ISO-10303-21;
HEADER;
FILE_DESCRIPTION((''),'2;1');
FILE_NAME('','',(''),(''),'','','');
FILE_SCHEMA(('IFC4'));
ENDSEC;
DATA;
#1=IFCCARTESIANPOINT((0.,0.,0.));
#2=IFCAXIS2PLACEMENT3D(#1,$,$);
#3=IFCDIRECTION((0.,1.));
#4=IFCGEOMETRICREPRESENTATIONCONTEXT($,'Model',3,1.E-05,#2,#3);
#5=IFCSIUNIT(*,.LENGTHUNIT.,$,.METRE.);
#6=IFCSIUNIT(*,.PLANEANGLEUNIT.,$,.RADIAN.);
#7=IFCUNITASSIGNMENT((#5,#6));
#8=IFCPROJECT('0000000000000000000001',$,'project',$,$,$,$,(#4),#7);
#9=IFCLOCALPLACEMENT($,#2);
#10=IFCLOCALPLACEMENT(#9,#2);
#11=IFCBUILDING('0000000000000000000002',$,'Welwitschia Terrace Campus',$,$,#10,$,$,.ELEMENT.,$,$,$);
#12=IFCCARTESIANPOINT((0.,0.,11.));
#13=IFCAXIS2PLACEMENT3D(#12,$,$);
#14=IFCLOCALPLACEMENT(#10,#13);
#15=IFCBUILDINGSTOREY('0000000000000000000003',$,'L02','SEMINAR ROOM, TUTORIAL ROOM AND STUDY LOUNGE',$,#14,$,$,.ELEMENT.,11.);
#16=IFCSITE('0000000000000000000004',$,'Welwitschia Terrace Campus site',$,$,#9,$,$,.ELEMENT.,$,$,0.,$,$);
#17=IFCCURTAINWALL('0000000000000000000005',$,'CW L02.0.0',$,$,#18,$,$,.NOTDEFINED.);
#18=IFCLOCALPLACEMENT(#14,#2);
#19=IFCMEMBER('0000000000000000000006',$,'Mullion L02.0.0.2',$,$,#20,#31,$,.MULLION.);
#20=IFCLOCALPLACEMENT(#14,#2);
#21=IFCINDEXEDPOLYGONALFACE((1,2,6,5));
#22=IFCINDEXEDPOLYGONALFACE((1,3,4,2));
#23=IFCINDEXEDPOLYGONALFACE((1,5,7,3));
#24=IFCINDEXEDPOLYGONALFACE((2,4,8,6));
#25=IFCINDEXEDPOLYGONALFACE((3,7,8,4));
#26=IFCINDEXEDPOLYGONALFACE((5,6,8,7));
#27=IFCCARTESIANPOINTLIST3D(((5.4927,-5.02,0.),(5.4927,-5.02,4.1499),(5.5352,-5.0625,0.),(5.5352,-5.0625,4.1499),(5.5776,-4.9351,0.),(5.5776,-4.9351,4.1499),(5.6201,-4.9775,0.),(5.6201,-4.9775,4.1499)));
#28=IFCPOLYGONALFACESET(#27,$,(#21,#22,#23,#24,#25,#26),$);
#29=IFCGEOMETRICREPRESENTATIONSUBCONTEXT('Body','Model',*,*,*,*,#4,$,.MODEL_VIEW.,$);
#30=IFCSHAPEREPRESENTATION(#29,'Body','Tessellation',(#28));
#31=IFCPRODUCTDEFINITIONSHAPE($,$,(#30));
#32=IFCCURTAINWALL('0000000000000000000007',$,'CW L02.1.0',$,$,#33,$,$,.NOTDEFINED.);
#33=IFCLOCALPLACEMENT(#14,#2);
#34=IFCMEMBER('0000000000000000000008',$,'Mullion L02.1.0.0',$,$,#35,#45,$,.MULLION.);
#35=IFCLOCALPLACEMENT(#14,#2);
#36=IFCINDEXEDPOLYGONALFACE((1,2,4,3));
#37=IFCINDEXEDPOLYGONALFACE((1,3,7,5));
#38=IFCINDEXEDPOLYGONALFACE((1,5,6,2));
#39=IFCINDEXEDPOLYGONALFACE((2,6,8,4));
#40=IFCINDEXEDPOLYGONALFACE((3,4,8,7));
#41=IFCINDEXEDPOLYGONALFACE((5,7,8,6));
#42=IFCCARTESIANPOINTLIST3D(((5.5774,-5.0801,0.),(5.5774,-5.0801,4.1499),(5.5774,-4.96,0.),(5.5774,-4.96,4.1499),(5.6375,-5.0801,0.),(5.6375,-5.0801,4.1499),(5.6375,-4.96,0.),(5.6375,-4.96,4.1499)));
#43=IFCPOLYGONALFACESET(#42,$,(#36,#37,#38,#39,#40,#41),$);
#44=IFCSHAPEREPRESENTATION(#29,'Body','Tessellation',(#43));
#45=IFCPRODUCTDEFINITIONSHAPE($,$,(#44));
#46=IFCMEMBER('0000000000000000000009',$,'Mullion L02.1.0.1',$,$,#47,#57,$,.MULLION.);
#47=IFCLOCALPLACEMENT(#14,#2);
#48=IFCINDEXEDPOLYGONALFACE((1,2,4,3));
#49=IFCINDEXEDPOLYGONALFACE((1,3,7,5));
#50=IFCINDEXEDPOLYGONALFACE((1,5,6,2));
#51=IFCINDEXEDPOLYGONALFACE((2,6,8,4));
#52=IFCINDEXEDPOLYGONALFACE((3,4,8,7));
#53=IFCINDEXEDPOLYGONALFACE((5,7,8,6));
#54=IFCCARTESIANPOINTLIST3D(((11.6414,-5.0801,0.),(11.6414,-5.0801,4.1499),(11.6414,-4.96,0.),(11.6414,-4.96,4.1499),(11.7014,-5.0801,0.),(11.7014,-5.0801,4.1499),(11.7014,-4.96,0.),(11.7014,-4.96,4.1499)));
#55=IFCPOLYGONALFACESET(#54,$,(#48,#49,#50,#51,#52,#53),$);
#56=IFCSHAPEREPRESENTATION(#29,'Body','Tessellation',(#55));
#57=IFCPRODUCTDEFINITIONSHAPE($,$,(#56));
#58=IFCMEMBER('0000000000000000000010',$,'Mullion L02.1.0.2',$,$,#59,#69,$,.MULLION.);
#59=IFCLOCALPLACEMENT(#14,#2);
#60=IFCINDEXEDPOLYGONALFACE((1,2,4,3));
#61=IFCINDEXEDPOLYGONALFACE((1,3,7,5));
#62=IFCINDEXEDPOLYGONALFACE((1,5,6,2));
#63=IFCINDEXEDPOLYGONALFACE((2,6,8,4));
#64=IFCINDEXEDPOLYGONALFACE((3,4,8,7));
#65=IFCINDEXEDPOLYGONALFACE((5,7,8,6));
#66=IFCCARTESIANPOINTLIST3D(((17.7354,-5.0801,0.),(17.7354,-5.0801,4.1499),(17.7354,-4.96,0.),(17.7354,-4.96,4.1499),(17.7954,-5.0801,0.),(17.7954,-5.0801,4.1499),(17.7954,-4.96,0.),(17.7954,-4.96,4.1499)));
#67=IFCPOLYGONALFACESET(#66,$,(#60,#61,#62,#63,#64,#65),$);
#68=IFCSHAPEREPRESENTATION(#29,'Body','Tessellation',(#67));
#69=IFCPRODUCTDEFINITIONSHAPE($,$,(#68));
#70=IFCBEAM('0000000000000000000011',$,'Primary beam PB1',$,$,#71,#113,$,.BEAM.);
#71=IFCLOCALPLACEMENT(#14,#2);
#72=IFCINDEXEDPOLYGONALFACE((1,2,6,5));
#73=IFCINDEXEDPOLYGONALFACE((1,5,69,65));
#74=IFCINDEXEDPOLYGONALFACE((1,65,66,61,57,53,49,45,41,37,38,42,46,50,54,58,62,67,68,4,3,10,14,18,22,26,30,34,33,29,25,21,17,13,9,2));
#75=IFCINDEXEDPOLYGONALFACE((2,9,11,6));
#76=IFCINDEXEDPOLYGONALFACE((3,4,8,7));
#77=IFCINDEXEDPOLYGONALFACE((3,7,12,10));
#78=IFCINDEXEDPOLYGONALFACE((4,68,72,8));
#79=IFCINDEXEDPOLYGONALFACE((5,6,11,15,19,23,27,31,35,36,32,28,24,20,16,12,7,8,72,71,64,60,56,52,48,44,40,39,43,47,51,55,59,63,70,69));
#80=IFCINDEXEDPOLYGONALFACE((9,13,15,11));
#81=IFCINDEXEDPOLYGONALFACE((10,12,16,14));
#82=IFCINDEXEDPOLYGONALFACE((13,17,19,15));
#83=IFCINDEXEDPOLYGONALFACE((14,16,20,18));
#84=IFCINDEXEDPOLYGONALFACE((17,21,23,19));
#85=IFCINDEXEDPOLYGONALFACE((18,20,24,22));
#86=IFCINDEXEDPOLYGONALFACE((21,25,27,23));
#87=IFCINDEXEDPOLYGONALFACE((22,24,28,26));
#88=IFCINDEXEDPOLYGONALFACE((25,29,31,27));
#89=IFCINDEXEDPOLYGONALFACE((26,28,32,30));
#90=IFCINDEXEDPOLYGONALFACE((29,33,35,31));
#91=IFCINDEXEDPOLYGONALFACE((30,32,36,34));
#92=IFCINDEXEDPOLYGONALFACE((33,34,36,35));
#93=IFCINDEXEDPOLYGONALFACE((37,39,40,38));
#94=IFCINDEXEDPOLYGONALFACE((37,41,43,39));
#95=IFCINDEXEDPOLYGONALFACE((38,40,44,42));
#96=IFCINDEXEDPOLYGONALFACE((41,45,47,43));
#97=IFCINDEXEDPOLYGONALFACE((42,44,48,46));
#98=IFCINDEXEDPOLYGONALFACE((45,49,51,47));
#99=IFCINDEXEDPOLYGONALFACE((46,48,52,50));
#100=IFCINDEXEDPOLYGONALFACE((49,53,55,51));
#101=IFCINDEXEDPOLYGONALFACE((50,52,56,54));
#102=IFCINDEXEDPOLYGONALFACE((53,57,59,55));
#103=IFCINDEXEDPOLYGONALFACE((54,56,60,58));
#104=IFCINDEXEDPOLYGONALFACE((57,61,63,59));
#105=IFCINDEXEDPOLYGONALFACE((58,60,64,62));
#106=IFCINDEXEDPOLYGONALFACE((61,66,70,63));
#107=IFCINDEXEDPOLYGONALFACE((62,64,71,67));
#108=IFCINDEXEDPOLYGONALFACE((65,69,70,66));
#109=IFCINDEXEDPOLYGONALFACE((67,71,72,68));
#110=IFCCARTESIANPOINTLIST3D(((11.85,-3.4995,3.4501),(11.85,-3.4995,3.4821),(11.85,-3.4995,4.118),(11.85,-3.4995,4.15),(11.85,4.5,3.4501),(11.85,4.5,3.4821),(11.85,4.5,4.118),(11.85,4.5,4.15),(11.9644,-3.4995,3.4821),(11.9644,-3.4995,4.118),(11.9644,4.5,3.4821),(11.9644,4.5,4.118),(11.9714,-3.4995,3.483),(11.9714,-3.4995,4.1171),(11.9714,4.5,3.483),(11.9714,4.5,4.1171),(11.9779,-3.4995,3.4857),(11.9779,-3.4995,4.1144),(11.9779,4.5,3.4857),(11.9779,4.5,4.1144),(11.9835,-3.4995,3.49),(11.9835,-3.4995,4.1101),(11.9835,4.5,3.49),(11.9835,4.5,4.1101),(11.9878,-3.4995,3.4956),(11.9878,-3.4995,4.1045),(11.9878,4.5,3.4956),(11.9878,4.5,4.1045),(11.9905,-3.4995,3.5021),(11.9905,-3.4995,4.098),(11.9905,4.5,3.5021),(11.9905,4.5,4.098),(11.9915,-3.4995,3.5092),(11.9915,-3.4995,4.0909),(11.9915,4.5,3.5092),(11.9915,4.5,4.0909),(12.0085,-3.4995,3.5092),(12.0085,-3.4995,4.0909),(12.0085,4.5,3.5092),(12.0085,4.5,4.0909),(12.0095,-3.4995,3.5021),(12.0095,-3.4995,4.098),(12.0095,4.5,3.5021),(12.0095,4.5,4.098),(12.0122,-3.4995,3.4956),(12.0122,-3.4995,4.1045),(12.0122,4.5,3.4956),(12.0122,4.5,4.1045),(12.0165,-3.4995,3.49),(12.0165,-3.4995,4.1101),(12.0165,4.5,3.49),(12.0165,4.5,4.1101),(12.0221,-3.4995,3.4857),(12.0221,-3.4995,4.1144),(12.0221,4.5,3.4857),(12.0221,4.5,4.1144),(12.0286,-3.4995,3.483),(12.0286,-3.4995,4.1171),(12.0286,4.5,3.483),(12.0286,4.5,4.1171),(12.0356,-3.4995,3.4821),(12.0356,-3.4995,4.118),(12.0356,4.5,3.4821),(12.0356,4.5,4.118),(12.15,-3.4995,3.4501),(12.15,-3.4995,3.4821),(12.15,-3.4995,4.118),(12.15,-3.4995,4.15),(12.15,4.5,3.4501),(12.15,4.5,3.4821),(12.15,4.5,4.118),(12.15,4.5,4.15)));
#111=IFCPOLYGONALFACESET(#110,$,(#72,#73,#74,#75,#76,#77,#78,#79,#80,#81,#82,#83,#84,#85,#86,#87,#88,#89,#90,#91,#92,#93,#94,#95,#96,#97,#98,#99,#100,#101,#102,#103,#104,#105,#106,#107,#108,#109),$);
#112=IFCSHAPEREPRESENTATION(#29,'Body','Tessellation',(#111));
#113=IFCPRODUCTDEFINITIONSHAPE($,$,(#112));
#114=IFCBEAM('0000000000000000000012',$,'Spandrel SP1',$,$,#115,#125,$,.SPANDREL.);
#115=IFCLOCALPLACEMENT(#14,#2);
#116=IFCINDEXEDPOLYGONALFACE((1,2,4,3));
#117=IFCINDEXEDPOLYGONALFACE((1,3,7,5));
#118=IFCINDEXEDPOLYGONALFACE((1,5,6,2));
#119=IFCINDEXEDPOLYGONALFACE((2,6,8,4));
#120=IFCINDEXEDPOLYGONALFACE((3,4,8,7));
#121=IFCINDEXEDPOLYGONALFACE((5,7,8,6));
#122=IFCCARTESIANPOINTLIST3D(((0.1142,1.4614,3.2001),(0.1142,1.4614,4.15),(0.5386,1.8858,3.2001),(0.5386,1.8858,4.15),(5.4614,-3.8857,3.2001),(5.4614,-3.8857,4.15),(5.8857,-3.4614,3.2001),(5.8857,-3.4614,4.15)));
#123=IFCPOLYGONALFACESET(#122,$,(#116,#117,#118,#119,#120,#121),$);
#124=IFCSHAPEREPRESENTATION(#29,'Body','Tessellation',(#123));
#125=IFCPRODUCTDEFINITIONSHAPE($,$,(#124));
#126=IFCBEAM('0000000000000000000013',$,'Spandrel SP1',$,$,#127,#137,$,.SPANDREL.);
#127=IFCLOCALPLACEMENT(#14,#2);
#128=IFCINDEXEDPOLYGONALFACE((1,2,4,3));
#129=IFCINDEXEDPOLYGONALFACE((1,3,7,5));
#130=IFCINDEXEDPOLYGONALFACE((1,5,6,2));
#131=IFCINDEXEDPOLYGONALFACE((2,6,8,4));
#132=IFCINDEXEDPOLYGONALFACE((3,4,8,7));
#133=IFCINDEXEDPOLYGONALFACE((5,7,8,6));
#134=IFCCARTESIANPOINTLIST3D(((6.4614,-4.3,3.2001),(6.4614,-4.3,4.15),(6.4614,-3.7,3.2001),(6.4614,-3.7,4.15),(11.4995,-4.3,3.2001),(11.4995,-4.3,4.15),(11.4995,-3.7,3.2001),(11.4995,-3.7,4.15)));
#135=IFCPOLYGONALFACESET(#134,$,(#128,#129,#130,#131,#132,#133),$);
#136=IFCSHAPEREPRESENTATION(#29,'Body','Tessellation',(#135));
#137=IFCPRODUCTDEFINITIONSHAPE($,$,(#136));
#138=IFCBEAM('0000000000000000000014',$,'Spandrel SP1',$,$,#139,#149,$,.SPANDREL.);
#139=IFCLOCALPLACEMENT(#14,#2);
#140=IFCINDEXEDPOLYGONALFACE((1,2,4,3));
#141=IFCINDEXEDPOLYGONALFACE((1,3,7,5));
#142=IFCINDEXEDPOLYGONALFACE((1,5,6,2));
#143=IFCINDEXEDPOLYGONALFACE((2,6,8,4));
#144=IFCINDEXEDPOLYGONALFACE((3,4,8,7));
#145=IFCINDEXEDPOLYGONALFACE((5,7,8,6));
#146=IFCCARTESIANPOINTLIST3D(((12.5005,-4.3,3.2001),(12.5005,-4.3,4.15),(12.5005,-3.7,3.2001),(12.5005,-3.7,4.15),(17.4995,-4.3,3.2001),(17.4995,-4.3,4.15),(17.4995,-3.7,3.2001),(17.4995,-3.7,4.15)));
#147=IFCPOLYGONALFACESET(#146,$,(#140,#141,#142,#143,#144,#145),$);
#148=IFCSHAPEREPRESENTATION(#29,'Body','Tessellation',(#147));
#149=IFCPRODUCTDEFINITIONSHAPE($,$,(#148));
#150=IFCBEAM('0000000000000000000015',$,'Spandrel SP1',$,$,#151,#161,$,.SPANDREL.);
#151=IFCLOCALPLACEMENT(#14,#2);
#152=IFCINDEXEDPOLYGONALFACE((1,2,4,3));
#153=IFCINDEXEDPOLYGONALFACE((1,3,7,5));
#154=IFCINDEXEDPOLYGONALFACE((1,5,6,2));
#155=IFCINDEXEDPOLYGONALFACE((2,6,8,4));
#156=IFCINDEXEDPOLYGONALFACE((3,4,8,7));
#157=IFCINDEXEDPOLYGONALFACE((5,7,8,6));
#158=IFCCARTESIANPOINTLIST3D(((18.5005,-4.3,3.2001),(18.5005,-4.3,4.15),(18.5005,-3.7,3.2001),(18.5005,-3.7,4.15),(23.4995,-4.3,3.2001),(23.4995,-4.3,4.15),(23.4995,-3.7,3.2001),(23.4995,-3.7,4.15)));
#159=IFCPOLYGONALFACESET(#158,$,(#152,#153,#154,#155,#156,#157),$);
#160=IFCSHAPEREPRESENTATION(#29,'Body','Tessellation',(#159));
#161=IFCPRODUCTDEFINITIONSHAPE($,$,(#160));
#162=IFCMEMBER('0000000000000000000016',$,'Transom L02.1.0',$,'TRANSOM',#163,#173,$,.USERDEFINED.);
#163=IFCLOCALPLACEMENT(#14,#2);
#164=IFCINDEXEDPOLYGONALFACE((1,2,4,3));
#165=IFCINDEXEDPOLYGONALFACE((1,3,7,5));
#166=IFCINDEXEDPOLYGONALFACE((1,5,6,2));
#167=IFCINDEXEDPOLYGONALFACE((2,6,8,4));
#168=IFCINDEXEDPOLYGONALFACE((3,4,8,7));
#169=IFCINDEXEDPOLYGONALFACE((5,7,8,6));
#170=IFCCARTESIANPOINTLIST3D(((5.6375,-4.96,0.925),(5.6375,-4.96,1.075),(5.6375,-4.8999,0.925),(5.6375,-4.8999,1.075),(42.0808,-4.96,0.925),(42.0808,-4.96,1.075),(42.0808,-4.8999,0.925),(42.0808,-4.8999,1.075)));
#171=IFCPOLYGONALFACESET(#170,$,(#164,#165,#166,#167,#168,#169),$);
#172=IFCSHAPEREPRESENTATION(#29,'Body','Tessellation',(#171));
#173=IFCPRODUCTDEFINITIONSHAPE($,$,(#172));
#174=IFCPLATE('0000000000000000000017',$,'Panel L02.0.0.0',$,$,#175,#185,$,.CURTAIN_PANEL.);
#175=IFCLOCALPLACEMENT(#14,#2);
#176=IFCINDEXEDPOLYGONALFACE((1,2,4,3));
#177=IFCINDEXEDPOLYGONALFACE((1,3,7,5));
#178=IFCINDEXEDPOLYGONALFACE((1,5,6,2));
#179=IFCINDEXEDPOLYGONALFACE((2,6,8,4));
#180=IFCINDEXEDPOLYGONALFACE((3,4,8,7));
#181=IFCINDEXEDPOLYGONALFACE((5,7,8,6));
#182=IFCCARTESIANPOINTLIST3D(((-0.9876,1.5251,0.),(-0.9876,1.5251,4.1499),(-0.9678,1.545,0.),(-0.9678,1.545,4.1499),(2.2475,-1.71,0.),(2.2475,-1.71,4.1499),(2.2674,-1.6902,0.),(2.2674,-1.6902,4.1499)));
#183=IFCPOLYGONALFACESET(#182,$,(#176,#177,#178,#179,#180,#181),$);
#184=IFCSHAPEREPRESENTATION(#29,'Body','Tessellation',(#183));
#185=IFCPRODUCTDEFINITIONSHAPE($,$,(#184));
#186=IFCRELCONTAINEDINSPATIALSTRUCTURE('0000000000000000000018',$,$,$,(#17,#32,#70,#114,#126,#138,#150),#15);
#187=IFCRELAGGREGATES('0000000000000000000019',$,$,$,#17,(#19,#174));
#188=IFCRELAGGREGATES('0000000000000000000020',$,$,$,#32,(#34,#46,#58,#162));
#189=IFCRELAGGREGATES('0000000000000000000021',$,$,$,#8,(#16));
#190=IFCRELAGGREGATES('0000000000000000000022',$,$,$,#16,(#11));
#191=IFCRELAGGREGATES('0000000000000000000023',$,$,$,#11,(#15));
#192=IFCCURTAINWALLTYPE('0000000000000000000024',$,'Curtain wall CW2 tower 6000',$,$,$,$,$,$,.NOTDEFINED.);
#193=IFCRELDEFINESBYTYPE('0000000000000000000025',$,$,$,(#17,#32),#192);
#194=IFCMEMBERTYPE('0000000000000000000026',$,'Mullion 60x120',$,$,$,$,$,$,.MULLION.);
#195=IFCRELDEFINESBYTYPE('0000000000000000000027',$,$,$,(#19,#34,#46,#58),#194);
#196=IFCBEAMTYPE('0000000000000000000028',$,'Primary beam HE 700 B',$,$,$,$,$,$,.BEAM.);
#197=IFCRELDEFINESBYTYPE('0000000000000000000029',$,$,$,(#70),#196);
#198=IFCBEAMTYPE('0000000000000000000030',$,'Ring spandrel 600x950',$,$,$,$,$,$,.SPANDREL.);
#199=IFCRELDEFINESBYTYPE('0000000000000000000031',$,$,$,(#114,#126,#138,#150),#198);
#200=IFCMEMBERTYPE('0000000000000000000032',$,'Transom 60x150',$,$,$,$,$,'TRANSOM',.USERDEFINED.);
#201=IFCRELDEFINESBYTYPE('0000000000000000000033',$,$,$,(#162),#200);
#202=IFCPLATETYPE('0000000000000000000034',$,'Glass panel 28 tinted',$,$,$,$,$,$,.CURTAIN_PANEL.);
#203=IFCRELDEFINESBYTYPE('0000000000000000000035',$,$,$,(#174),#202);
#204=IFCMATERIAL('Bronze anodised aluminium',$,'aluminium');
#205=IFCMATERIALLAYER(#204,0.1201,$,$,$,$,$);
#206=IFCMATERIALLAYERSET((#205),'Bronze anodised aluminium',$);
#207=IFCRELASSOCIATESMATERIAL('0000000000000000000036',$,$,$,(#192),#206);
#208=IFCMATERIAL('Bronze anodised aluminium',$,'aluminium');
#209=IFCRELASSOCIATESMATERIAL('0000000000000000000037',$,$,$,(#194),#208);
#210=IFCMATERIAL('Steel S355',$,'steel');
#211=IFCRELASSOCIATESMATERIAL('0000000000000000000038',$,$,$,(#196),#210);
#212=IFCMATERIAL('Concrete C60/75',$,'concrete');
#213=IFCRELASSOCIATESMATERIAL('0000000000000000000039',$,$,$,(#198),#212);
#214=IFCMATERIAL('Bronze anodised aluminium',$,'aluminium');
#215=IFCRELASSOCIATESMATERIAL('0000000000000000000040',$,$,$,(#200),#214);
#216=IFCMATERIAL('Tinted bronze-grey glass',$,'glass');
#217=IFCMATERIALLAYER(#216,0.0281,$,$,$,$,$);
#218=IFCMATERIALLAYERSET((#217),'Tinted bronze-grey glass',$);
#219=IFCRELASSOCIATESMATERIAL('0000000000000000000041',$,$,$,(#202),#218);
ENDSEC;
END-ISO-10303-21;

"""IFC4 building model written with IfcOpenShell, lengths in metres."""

from ifc_helpers import new_model, si_unit, direction, frame, origin, origin_2d, place, context, subcontext, project, spatial, rectangle, i_section, extrude, material, layer, layer_set, material_profile, profile_set, type_object, element, aggregate, save


model = new_model("IFC4")

# Units and contexts
model_context = context("Model", 3, precision=1e-05, world=origin(), true_north=direction((0.0, 1.0)))
body_context = subcontext(model_context, "Body", "Model", "MODEL_VIEW")
ifc_project = project(units=[si_unit("LENGTHUNIT", "METRE"), si_unit("PLANEANGLEUNIT", "RADIAN")], contexts=[model_context])

# Site, building, storey
site_placement = place(None, origin())
site = spatial("IfcSite", under=ifc_project, at=site_placement, Name="Welwitschia Terrace Campus site", CompositionType="ELEMENT", RefElevation=0.0)
building_placement = place(site_placement, origin())
building = spatial("IfcBuilding", under=site, at=building_placement, Name="Welwitschia Terrace Campus", CompositionType="ELEMENT")
storey_placement = place(building_placement, frame((0.0, 0.0, 11.0)))
storey = spatial("IfcBuildingStorey", under=building, at=storey_placement, Name="L02", Description="SEMINAR ROOM, TUTORIAL ROOM AND STUDY LOUNGE", CompositionType="ELEMENT", Elevation=11.0)

# Curtain walls, members
ifc_material_1 = material(Name="Bronze anodised aluminium", Category="aluminium")
ifc_layer_1 = layer(ifc_material_1, 0.1201)
ifc_layer_set_1 = layer_set([ifc_layer_1], Name="Bronze anodised aluminium")
curtain_wall_type = type_object("IfcCurtainWallType", Name="Curtain wall CW2 tower 6000", PredefinedType="NOTDEFINED", material=ifc_layer_set_1)
curtain_wall_1_placement = place(storey_placement, origin())
curtain_wall_1 = element("IfcCurtainWall", 1, at=curtain_wall_1_placement, inside=storey, type_object=curtain_wall_type, Name="CW L02.0.0", PredefinedType="NOTDEFINED")
ifc_material_2 = material(Name="Bronze anodised aluminium", Category="aluminium")
ifc_material_profile_1 = material_profile(ifc_material_2, rectangle(XDim=0.1201, YDim=0.0601, at=origin_2d()))
ifc_profile_set_1 = profile_set([ifc_material_profile_1], Name="Bronze anodised aluminium")
member_type_1 = type_object("IfcMemberType", Name="Mullion 60x120", PredefinedType="MULLION", material=ifc_profile_set_1)
member_1_placement = place(storey_placement, frame((5.5564, -4.9988, 0.0), z_axis=(0.0, 0.0, 1.0), x_axis=(0.707107, 0.707107, 0.0)))
member_1 = element("IfcMember", 2, at=member_1_placement, type_object=member_type_1, Name="Mullion L02.0.0.2", PredefinedType="MULLION", context=body_context, shape_type="SweptSolid", body=[
    extrude(rectangle(XDim=0.1201, YDim=0.0601, at=origin_2d()), origin(), (0.0, 0.0, 1.0), 4.1499),
])
curtain_wall_2_placement = place(storey_placement, origin())
curtain_wall_2 = element("IfcCurtainWall", 3, at=curtain_wall_2_placement, inside=storey, type_object=curtain_wall_type, Name="CW L02.1.0", PredefinedType="NOTDEFINED")
member_2_placement = place(storey_placement, frame((5.6074, -5.02, 0.0), z_axis=(0.0, 0.0, 1.0), x_axis=(0.0, 1.0, 0.0)))
member_2 = element("IfcMember", 4, at=member_2_placement, type_object=member_type_1, Name="Mullion L02.1.0.0", PredefinedType="MULLION", context=body_context, shape_type="SweptSolid", body=[
    extrude(rectangle(XDim=0.1201, YDim=0.0601, at=origin_2d()), origin(), (0.0, 0.0, 1.0), 4.1499),
])
member_3_placement = place(storey_placement, frame((11.6714, -5.02, 0.0), z_axis=(0.0, 0.0, 1.0), x_axis=(0.0, 1.0, 0.0)))
member_3 = element("IfcMember", 5, at=member_3_placement, type_object=member_type_1, Name="Mullion L02.1.0.1", PredefinedType="MULLION", context=body_context, shape_type="SweptSolid", body=[
    extrude(rectangle(XDim=0.1201, YDim=0.0601, at=origin_2d()), origin(), (0.0, 0.0, 1.0), 4.1499),
])
member_4_placement = place(storey_placement, frame((17.7654, -5.02, 0.0), z_axis=(0.0, 0.0, 1.0), x_axis=(0.0, 1.0, 0.0)))
member_4 = element("IfcMember", 6, at=member_4_placement, type_object=member_type_1, Name="Mullion L02.1.0.2", PredefinedType="MULLION", context=body_context, shape_type="SweptSolid", body=[
    extrude(rectangle(XDim=0.1201, YDim=0.0601, at=origin_2d()), origin(), (0.0, 0.0, 1.0), 4.1499),
])

# Beams
ifc_material_3 = material(Name="Steel S355", Category="steel")
ifc_material_profile_2 = material_profile(ifc_material_3, i_section(OverallWidth=0.3, OverallDepth=0.7, WebThickness=0.0171, FlangeThickness=0.032, FilletRadius=0.0271, at=origin_2d()))
ifc_profile_set_2 = profile_set([ifc_material_profile_2], Name="Steel S355")
beam_type_1 = type_object("IfcBeamType", Name="Primary beam HE 700 B", PredefinedType="BEAM", material=ifc_profile_set_2)
beam_1_placement = place(storey_placement, frame((12.0, -3.4995, 3.8), z_axis=(0.0, 1.0, 0.0), x_axis=(-1.0, 0.0, 0.0)))
element("IfcBeam", 7, at=beam_1_placement, inside=storey, type_object=beam_type_1, Name="Primary beam PB1", PredefinedType="BEAM", context=body_context, shape_type="SweptSolid", body=[
    extrude(i_section(OverallWidth=0.3, OverallDepth=0.7, WebThickness=0.0171, FlangeThickness=0.032, FilletRadius=0.0271, at=origin_2d()), origin(), (0.0, 0.0, 1.0), 7.9995),
])
ifc_material_4 = material(Name="Concrete C60/75", Category="concrete")
ifc_material_profile_3 = material_profile(ifc_material_4, rectangle(XDim=0.6001, YDim=0.95, at=origin_2d()))
ifc_profile_set_3 = profile_set([ifc_material_profile_3], Name="Concrete C60/75")
beam_type_2 = type_object("IfcBeamType", Name="Ring spandrel 600x950", PredefinedType="SPANDREL", material=ifc_profile_set_3)
beam_2_placement = place(storey_placement, frame((0.3264, 1.6736, 3.675), z_axis=(0.707107, -0.707107, 0.0), x_axis=(0.707107, 0.707107, 0.0)))
element("IfcBeam", 8, at=beam_2_placement, inside=storey, type_object=beam_type_2, Name="Spandrel SP1", PredefinedType="SPANDREL", context=body_context, shape_type="SweptSolid", body=[
    extrude(rectangle(XDim=0.6001, YDim=0.95, at=origin_2d()), origin(), (0.0, 0.0, 1.0), 7.562),
])
beam_3_placement = place(storey_placement, frame((6.4614, -4.0, 3.675), z_axis=(1.0, 0.0, 0.0), x_axis=(0.0, 1.0, 0.0)))
element("IfcBeam", 9, at=beam_3_placement, inside=storey, type_object=beam_type_2, Name="Spandrel SP1", PredefinedType="SPANDREL", context=body_context, shape_type="SweptSolid", body=[
    extrude(rectangle(XDim=0.6001, YDim=0.95, at=origin_2d()), origin(), (0.0, 0.0, 1.0), 5.0381),
])
for number, where, z_axis, x_axis, name in (
    (10, (12.5005, -4.0, 3.675), (1.0, 0.0, 0.0), (0.0, 1.0, 0.0), "Spandrel SP1"),
    (11, (18.5005, -4.0, 3.675), (1.0, 0.0, 0.0), (0.0, 1.0, 0.0), "Spandrel SP1"),
):
    element("IfcBeam", number, at=place(storey_placement, frame(where, z_axis=z_axis, x_axis=x_axis)), inside=storey, type_object=beam_type_2, Name=name, PredefinedType="SPANDREL", context=body_context, shape_type="SweptSolid", body=[
        extrude(rectangle(XDim=0.6001, YDim=0.95, at=origin_2d()), origin(), (0.0, 0.0, 1.0), 4.999),
    ])

# Member
ifc_material_5 = material(Name="Bronze anodised aluminium", Category="aluminium")
ifc_material_profile_4 = material_profile(ifc_material_5, rectangle(XDim=0.0601, YDim=0.1499, at=origin_2d()))
ifc_profile_set_4 = profile_set([ifc_material_profile_4], Name="Bronze anodised aluminium")
member_type_2 = type_object("IfcMemberType", Name="Transom 60x150", ElementType="TRANSOM", PredefinedType="USERDEFINED", material=ifc_profile_set_4)
member_5_placement = place(storey_placement, frame((5.6375, -4.9299, 1.0), z_axis=(1.0, 0.0, 0.0), x_axis=(0.0, 1.0, 0.0)))
member_5 = element("IfcMember", 12, at=member_5_placement, type_object=member_type_2, Name="Transom L02.1.0", ObjectType="TRANSOM", PredefinedType="USERDEFINED", context=body_context, shape_type="SweptSolid", body=[
    extrude(rectangle(XDim=0.0601, YDim=0.1499, at=origin_2d()), origin(), (0.0, 0.0, 1.0), 36.4434),
])

# Plate
ifc_material_6 = material(Name="Tinted bronze-grey glass", Category="glass")
ifc_layer_2 = layer(ifc_material_6, 0.0281)
ifc_layer_set_2 = layer_set([ifc_layer_2], Name="Tinted bronze-grey glass")
plate_type = type_object("IfcPlateType", Name="Glass panel 28 tinted", PredefinedType="CURTAIN_PANEL", material=ifc_layer_set_2)
plate_1_placement = place(storey_placement, frame((0.6399, -0.0825, 0.0), z_axis=(0.0, 0.0, 1.0), x_axis=(0.707107, -0.707107, 0.0)))
plate_1 = element("IfcPlate", 13, at=plate_1_placement, type_object=plate_type, Name="Panel L02.0.0.0", PredefinedType="CURTAIN_PANEL", context=body_context, shape_type="SweptSolid", body=[
    extrude(rectangle(XDim=4.5752, YDim=0.0281, at=origin_2d()), origin(), (0.0, 0.0, 1.0), 4.1499),
])
aggregate(curtain_wall_1, [member_1, plate_1])
aggregate(curtain_wall_2, [member_2, member_3, member_4, member_5])

save(model, "model.ifc")
